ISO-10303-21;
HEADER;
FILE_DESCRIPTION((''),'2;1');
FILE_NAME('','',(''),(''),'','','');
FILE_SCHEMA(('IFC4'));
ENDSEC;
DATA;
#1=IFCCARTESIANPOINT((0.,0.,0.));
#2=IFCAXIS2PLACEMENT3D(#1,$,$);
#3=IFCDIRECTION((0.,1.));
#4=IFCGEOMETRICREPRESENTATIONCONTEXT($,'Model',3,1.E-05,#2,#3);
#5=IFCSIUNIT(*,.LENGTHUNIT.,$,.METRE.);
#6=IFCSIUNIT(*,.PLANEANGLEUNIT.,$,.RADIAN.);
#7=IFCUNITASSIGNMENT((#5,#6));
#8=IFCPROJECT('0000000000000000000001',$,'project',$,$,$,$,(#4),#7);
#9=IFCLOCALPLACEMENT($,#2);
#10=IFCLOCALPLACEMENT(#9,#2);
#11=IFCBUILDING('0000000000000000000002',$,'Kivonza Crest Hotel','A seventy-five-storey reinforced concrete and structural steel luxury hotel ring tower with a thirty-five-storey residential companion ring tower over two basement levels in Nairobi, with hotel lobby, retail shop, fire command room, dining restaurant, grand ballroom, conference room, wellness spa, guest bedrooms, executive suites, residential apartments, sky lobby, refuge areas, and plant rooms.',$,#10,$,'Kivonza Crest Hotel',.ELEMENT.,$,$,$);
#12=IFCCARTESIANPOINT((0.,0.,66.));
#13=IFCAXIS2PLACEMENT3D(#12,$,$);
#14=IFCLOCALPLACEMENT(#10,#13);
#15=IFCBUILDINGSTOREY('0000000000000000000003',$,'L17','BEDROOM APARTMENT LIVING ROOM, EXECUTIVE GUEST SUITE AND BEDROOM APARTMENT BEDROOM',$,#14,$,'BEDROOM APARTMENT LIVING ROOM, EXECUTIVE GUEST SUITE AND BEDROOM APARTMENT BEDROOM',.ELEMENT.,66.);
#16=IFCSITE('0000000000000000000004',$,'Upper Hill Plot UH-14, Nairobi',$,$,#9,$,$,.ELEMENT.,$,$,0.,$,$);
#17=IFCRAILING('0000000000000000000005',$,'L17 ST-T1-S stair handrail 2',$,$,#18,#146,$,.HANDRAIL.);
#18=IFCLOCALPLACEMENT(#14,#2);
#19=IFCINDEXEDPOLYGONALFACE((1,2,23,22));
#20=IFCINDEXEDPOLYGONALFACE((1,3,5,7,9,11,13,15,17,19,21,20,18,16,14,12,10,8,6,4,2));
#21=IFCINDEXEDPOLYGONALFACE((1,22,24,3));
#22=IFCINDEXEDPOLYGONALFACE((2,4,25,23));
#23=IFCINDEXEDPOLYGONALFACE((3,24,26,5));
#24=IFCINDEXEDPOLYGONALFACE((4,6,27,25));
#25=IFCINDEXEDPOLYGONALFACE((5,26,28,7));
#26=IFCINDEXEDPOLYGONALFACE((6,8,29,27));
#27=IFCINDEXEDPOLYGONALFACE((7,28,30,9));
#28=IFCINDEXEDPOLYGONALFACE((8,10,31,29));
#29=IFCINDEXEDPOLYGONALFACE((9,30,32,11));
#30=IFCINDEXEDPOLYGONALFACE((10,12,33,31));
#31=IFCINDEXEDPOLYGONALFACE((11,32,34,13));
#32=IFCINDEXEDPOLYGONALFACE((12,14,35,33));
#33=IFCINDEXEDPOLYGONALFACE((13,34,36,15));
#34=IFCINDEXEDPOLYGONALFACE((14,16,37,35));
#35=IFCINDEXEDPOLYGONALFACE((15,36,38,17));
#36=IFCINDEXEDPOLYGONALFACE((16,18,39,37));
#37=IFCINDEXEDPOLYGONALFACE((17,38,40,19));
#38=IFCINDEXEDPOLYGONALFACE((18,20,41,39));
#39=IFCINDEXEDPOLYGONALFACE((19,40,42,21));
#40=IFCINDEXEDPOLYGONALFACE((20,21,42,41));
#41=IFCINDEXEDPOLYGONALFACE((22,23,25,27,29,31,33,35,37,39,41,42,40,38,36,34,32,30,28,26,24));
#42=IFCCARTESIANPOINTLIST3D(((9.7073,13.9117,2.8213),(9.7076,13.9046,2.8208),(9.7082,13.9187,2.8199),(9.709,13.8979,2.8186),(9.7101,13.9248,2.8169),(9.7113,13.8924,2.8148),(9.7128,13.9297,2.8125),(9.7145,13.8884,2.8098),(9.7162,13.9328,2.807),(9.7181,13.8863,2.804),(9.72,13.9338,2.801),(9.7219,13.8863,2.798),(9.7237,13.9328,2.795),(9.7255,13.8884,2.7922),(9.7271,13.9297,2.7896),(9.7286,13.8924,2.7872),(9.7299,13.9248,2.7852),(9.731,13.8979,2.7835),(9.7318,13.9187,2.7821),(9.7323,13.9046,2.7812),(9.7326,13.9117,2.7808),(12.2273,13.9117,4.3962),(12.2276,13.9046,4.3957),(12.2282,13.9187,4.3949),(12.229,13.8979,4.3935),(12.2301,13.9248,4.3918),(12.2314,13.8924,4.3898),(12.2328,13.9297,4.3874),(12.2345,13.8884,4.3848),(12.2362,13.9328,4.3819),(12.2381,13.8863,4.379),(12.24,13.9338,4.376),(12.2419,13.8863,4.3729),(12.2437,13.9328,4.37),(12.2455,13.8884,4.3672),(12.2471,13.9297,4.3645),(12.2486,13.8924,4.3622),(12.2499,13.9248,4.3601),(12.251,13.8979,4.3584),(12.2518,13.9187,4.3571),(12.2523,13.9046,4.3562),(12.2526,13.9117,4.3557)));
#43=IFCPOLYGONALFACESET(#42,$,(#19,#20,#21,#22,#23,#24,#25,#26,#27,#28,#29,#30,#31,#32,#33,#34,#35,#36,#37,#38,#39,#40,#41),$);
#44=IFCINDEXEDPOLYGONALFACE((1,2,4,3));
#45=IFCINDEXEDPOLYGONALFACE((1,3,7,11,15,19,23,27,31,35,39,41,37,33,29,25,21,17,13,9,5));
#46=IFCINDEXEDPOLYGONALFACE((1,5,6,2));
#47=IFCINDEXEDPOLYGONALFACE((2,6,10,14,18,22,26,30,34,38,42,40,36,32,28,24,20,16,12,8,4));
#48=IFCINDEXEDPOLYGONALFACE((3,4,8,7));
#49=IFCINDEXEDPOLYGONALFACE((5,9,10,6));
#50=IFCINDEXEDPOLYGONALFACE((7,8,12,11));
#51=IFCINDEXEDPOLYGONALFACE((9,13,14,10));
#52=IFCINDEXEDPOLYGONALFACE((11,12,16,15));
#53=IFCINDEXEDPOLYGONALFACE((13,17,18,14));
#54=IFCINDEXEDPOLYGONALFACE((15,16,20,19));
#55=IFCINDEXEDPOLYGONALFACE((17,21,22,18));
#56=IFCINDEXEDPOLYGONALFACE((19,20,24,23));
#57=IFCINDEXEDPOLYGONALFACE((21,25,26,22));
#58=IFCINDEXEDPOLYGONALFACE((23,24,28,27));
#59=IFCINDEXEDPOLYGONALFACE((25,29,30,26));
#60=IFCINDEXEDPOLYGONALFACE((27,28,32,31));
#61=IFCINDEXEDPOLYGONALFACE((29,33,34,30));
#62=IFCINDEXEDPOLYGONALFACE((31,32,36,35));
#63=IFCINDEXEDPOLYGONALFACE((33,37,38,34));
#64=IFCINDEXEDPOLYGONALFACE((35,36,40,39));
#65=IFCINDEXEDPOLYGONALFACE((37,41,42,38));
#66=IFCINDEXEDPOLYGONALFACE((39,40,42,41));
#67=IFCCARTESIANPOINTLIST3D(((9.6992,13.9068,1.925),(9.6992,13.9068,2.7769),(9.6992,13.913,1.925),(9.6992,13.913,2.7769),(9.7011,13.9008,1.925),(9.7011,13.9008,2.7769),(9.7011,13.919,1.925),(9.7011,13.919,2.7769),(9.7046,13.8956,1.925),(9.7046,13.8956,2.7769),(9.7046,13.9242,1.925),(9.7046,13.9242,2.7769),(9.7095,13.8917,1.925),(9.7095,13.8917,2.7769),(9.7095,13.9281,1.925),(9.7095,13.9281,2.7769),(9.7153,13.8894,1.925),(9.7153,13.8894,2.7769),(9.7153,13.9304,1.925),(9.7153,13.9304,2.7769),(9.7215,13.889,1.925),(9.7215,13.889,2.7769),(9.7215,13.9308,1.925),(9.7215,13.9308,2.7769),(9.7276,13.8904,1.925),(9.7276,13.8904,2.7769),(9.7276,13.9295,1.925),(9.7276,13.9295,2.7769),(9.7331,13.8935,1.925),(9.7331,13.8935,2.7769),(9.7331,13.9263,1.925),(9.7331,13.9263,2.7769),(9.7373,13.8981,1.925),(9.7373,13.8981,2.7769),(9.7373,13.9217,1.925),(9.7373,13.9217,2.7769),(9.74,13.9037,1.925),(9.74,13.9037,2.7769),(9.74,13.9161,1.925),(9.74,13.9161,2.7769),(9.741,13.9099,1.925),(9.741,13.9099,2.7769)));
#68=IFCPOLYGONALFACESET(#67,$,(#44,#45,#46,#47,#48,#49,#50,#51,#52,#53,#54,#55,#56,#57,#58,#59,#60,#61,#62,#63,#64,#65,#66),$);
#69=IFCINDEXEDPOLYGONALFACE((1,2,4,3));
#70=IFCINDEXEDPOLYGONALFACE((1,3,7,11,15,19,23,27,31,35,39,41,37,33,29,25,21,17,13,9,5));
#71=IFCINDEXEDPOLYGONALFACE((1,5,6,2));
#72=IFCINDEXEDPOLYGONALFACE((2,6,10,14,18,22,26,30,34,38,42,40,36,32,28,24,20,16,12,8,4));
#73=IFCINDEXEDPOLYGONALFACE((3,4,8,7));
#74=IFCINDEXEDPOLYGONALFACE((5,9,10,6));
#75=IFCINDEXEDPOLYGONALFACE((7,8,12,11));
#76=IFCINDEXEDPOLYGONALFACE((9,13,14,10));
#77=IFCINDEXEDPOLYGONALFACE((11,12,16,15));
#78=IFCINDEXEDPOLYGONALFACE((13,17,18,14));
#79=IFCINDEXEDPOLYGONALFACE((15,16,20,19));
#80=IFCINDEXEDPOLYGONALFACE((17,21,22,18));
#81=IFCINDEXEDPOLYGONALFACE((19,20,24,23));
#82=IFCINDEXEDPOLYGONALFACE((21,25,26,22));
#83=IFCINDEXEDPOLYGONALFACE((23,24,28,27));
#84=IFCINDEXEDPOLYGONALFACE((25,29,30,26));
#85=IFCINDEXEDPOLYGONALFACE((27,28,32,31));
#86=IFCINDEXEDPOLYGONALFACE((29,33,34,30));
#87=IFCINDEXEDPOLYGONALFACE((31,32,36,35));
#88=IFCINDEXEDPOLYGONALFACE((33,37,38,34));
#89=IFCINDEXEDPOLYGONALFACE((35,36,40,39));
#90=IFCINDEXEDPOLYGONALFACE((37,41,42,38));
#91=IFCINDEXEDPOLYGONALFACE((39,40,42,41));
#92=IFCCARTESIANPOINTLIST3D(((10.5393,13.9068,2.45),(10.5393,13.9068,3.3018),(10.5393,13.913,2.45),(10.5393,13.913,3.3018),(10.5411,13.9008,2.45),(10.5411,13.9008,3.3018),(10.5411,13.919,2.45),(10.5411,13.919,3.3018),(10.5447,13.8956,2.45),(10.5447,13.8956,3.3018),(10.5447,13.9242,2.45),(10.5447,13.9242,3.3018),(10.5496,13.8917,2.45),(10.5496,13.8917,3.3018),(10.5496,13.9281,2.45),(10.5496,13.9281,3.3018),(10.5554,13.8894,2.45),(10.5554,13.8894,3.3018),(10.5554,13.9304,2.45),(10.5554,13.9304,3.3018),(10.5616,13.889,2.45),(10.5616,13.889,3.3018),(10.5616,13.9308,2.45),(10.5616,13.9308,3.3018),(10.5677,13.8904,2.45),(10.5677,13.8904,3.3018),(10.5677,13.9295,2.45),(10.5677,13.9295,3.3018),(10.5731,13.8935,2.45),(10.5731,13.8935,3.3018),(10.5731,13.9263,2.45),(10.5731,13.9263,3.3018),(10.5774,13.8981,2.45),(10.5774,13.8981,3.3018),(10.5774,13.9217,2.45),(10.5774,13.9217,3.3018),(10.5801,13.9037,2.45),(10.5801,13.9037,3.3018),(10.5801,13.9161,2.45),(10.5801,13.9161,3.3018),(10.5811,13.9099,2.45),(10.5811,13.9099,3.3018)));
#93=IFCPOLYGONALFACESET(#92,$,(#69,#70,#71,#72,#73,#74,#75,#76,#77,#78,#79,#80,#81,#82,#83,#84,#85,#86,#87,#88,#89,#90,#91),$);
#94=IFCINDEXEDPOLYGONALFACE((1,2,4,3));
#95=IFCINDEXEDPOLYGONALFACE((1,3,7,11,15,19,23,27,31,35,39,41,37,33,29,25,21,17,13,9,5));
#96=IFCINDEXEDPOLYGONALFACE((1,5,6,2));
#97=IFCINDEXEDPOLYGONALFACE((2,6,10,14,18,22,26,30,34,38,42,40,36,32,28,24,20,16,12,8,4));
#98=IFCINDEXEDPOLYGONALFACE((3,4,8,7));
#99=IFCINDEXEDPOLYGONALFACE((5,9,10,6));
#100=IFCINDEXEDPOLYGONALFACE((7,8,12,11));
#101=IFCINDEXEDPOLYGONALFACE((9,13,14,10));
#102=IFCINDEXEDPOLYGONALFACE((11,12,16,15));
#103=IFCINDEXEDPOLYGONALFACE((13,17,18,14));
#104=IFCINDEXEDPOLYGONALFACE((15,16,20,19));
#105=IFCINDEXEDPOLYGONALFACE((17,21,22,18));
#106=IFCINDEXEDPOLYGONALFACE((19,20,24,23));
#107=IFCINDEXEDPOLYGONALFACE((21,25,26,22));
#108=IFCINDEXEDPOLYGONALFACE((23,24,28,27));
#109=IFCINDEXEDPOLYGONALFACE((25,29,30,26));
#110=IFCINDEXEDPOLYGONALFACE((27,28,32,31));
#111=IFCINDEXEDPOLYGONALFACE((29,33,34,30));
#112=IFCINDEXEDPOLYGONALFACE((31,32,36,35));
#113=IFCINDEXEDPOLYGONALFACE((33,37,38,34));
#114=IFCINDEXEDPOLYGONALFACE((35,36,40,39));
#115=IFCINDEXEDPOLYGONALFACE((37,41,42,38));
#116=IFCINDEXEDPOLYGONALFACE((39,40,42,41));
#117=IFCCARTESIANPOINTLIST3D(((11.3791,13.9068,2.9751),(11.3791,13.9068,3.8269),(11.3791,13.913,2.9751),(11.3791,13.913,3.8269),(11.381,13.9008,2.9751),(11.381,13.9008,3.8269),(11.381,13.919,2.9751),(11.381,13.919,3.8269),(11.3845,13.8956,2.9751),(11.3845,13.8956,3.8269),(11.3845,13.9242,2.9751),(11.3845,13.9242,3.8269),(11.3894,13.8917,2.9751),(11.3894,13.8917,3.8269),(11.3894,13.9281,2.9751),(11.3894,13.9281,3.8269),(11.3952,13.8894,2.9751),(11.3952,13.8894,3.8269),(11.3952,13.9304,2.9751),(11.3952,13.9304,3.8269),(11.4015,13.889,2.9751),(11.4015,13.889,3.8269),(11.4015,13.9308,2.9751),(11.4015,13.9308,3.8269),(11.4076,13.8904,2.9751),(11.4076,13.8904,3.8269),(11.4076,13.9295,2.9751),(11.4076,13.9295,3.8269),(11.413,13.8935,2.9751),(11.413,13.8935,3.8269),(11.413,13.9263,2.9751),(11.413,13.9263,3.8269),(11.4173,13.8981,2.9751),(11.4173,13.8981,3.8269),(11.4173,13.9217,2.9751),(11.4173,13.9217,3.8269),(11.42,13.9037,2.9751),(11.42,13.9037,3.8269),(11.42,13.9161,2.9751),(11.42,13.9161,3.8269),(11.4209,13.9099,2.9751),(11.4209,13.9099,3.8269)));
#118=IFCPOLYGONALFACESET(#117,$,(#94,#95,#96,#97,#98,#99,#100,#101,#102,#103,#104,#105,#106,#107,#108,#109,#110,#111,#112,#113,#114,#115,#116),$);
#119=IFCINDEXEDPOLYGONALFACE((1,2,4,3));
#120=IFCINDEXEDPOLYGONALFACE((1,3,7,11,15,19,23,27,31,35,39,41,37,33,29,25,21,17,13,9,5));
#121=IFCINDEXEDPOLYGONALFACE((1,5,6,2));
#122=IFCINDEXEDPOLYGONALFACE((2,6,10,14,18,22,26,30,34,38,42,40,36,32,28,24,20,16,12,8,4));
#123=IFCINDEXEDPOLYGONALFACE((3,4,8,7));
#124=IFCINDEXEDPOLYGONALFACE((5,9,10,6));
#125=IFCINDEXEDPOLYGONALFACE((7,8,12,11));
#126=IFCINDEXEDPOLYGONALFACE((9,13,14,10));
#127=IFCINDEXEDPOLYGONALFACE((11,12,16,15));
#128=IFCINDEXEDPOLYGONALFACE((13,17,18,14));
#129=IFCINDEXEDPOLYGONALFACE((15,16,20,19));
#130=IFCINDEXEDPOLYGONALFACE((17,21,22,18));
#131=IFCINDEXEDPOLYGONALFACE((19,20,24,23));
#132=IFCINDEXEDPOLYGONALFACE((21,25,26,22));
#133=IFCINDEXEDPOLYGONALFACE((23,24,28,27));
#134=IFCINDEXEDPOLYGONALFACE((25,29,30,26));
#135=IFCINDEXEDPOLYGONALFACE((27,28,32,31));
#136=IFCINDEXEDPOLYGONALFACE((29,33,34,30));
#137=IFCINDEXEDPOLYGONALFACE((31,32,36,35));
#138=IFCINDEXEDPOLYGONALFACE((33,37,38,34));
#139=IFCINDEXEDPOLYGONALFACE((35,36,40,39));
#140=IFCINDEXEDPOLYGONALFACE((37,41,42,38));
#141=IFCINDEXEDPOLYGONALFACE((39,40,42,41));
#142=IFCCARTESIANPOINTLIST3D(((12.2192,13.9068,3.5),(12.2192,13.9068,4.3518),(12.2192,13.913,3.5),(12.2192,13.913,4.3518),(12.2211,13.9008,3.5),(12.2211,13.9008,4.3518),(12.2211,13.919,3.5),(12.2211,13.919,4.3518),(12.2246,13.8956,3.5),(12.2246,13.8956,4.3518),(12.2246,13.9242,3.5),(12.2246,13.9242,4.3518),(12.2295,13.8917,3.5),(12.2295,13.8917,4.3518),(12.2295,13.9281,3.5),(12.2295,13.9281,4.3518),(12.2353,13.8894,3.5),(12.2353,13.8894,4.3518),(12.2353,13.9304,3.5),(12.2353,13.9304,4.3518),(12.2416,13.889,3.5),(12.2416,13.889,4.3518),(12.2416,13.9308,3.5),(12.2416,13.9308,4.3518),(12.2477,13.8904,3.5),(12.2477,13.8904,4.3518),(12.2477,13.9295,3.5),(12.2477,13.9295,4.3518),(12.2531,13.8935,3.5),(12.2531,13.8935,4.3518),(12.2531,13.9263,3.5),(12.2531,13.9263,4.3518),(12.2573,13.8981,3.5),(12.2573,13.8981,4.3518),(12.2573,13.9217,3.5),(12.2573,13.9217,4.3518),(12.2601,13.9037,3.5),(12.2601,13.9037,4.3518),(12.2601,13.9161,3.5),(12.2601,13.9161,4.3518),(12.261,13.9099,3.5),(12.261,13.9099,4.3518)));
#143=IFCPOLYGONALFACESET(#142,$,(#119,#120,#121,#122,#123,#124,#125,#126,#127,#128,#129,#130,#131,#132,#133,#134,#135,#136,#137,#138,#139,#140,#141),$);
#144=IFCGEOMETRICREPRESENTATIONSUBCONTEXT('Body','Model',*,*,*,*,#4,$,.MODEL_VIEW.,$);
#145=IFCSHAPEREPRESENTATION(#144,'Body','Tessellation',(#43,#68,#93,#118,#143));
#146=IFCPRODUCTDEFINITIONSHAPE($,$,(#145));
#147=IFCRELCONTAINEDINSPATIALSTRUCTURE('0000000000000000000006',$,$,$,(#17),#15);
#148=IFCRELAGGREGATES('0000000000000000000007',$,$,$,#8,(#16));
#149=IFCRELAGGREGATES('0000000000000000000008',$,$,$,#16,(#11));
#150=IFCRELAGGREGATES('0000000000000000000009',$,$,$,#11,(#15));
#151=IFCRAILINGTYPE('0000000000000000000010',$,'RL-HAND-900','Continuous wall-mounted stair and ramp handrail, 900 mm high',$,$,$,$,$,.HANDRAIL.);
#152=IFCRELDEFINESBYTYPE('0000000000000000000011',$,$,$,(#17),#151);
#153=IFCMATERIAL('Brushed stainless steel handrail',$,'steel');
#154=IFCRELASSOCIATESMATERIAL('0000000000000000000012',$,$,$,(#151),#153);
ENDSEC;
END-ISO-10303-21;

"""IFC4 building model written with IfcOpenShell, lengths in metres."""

from ifc_helpers import new_model, si_unit, direction, frame, origin, origin_2d, place, context, subcontext, project, spatial, circle, extrude, material, type_object, element, save


model = new_model("IFC4")

# Units and contexts
model_context = context("Model", 3, precision=1e-05, world=origin(), true_north=direction((0.0, 1.0)))
body_context = subcontext(model_context, "Body", "Model", "MODEL_VIEW")
ifc_project = project(units=[si_unit("LENGTHUNIT", "METRE"), si_unit("PLANEANGLEUNIT", "RADIAN")], contexts=[model_context])

# Site, building, storey
site_placement = place(None, origin())
site = spatial("IfcSite", under=ifc_project, at=site_placement, Name="Upper Hill Plot UH-14, Nairobi", CompositionType="ELEMENT", RefElevation=0.0)
building_placement = place(site_placement, origin())
building = spatial("IfcBuilding", under=site, at=building_placement, Name="Kivonza Crest Hotel", Description="A seventy-five-storey reinforced concrete and structural steel luxury hotel ring tower with a thirty-five-storey residential companion ring tower over two basement levels in Nairobi, with hotel lobby, retail shop, fire command room, dining restaurant, grand ballroom, conference room, wellness spa, guest bedrooms, executive suites, residential apartments, sky lobby, refuge areas, and plant rooms.", LongName="Kivonza Crest Hotel", CompositionType="ELEMENT")
storey_placement = place(building_placement, frame((0.0, 0.0, 66.0)))
storey = spatial("IfcBuildingStorey", under=building, at=storey_placement, Name="L17", Description="BEDROOM APARTMENT LIVING ROOM, EXECUTIVE GUEST SUITE AND BEDROOM APARTMENT BEDROOM", LongName="BEDROOM APARTMENT LIVING ROOM, EXECUTIVE GUEST SUITE AND BEDROOM APARTMENT BEDROOM", CompositionType="ELEMENT", Elevation=66.0)

# Railing
ifc_material_1 = material(Name="Brushed stainless steel handrail", Category="steel")
railing_type_1 = type_object("IfcRailingType", Name="RL-HAND-900", Description="Continuous wall-mounted stair and ramp handrail, 900 mm high", PredefinedType="HANDRAIL", material=ifc_material_1)
railing_1_placement = place(storey_placement, frame((9.72, 13.9099, 1.925)))
element("IfcRailing", 1, at=railing_1_placement, inside=storey, type_object=railing_type_1, Name="L17 ST-T1-S stair handrail 2", PredefinedType="HANDRAIL", context=body_context, shape_type="SweptSolid", body=[
    extrude(circle(Radius=0.0239, at=origin_2d()), frame((0.0, 0.0, 0.876), z_axis=(0.848008, 0.0, 0.529984), x_axis=(0.0, 1.0, 0.0)), (0.0, 0.0, 1.0), 2.9717),
    extrude(circle(Radius=0.021, at=origin_2d()), origin(), (0.0, 0.0, 1.0), 0.8518),
    extrude(circle(Radius=0.021, at=origin_2d()), frame((0.8401, 0.0, 0.5249)), (0.0, 0.0, 1.0), 0.8518),
    extrude(circle(Radius=0.021, at=origin_2d()), frame((1.6799, 0.0, 1.05)), (0.0, 0.0, 1.0), 0.8518),
    extrude(circle(Radius=0.021, at=origin_2d()), frame((2.52, 0.0, 1.575)), (0.0, 0.0, 1.0), 0.8518),
])

save(model, "model.ifc")
